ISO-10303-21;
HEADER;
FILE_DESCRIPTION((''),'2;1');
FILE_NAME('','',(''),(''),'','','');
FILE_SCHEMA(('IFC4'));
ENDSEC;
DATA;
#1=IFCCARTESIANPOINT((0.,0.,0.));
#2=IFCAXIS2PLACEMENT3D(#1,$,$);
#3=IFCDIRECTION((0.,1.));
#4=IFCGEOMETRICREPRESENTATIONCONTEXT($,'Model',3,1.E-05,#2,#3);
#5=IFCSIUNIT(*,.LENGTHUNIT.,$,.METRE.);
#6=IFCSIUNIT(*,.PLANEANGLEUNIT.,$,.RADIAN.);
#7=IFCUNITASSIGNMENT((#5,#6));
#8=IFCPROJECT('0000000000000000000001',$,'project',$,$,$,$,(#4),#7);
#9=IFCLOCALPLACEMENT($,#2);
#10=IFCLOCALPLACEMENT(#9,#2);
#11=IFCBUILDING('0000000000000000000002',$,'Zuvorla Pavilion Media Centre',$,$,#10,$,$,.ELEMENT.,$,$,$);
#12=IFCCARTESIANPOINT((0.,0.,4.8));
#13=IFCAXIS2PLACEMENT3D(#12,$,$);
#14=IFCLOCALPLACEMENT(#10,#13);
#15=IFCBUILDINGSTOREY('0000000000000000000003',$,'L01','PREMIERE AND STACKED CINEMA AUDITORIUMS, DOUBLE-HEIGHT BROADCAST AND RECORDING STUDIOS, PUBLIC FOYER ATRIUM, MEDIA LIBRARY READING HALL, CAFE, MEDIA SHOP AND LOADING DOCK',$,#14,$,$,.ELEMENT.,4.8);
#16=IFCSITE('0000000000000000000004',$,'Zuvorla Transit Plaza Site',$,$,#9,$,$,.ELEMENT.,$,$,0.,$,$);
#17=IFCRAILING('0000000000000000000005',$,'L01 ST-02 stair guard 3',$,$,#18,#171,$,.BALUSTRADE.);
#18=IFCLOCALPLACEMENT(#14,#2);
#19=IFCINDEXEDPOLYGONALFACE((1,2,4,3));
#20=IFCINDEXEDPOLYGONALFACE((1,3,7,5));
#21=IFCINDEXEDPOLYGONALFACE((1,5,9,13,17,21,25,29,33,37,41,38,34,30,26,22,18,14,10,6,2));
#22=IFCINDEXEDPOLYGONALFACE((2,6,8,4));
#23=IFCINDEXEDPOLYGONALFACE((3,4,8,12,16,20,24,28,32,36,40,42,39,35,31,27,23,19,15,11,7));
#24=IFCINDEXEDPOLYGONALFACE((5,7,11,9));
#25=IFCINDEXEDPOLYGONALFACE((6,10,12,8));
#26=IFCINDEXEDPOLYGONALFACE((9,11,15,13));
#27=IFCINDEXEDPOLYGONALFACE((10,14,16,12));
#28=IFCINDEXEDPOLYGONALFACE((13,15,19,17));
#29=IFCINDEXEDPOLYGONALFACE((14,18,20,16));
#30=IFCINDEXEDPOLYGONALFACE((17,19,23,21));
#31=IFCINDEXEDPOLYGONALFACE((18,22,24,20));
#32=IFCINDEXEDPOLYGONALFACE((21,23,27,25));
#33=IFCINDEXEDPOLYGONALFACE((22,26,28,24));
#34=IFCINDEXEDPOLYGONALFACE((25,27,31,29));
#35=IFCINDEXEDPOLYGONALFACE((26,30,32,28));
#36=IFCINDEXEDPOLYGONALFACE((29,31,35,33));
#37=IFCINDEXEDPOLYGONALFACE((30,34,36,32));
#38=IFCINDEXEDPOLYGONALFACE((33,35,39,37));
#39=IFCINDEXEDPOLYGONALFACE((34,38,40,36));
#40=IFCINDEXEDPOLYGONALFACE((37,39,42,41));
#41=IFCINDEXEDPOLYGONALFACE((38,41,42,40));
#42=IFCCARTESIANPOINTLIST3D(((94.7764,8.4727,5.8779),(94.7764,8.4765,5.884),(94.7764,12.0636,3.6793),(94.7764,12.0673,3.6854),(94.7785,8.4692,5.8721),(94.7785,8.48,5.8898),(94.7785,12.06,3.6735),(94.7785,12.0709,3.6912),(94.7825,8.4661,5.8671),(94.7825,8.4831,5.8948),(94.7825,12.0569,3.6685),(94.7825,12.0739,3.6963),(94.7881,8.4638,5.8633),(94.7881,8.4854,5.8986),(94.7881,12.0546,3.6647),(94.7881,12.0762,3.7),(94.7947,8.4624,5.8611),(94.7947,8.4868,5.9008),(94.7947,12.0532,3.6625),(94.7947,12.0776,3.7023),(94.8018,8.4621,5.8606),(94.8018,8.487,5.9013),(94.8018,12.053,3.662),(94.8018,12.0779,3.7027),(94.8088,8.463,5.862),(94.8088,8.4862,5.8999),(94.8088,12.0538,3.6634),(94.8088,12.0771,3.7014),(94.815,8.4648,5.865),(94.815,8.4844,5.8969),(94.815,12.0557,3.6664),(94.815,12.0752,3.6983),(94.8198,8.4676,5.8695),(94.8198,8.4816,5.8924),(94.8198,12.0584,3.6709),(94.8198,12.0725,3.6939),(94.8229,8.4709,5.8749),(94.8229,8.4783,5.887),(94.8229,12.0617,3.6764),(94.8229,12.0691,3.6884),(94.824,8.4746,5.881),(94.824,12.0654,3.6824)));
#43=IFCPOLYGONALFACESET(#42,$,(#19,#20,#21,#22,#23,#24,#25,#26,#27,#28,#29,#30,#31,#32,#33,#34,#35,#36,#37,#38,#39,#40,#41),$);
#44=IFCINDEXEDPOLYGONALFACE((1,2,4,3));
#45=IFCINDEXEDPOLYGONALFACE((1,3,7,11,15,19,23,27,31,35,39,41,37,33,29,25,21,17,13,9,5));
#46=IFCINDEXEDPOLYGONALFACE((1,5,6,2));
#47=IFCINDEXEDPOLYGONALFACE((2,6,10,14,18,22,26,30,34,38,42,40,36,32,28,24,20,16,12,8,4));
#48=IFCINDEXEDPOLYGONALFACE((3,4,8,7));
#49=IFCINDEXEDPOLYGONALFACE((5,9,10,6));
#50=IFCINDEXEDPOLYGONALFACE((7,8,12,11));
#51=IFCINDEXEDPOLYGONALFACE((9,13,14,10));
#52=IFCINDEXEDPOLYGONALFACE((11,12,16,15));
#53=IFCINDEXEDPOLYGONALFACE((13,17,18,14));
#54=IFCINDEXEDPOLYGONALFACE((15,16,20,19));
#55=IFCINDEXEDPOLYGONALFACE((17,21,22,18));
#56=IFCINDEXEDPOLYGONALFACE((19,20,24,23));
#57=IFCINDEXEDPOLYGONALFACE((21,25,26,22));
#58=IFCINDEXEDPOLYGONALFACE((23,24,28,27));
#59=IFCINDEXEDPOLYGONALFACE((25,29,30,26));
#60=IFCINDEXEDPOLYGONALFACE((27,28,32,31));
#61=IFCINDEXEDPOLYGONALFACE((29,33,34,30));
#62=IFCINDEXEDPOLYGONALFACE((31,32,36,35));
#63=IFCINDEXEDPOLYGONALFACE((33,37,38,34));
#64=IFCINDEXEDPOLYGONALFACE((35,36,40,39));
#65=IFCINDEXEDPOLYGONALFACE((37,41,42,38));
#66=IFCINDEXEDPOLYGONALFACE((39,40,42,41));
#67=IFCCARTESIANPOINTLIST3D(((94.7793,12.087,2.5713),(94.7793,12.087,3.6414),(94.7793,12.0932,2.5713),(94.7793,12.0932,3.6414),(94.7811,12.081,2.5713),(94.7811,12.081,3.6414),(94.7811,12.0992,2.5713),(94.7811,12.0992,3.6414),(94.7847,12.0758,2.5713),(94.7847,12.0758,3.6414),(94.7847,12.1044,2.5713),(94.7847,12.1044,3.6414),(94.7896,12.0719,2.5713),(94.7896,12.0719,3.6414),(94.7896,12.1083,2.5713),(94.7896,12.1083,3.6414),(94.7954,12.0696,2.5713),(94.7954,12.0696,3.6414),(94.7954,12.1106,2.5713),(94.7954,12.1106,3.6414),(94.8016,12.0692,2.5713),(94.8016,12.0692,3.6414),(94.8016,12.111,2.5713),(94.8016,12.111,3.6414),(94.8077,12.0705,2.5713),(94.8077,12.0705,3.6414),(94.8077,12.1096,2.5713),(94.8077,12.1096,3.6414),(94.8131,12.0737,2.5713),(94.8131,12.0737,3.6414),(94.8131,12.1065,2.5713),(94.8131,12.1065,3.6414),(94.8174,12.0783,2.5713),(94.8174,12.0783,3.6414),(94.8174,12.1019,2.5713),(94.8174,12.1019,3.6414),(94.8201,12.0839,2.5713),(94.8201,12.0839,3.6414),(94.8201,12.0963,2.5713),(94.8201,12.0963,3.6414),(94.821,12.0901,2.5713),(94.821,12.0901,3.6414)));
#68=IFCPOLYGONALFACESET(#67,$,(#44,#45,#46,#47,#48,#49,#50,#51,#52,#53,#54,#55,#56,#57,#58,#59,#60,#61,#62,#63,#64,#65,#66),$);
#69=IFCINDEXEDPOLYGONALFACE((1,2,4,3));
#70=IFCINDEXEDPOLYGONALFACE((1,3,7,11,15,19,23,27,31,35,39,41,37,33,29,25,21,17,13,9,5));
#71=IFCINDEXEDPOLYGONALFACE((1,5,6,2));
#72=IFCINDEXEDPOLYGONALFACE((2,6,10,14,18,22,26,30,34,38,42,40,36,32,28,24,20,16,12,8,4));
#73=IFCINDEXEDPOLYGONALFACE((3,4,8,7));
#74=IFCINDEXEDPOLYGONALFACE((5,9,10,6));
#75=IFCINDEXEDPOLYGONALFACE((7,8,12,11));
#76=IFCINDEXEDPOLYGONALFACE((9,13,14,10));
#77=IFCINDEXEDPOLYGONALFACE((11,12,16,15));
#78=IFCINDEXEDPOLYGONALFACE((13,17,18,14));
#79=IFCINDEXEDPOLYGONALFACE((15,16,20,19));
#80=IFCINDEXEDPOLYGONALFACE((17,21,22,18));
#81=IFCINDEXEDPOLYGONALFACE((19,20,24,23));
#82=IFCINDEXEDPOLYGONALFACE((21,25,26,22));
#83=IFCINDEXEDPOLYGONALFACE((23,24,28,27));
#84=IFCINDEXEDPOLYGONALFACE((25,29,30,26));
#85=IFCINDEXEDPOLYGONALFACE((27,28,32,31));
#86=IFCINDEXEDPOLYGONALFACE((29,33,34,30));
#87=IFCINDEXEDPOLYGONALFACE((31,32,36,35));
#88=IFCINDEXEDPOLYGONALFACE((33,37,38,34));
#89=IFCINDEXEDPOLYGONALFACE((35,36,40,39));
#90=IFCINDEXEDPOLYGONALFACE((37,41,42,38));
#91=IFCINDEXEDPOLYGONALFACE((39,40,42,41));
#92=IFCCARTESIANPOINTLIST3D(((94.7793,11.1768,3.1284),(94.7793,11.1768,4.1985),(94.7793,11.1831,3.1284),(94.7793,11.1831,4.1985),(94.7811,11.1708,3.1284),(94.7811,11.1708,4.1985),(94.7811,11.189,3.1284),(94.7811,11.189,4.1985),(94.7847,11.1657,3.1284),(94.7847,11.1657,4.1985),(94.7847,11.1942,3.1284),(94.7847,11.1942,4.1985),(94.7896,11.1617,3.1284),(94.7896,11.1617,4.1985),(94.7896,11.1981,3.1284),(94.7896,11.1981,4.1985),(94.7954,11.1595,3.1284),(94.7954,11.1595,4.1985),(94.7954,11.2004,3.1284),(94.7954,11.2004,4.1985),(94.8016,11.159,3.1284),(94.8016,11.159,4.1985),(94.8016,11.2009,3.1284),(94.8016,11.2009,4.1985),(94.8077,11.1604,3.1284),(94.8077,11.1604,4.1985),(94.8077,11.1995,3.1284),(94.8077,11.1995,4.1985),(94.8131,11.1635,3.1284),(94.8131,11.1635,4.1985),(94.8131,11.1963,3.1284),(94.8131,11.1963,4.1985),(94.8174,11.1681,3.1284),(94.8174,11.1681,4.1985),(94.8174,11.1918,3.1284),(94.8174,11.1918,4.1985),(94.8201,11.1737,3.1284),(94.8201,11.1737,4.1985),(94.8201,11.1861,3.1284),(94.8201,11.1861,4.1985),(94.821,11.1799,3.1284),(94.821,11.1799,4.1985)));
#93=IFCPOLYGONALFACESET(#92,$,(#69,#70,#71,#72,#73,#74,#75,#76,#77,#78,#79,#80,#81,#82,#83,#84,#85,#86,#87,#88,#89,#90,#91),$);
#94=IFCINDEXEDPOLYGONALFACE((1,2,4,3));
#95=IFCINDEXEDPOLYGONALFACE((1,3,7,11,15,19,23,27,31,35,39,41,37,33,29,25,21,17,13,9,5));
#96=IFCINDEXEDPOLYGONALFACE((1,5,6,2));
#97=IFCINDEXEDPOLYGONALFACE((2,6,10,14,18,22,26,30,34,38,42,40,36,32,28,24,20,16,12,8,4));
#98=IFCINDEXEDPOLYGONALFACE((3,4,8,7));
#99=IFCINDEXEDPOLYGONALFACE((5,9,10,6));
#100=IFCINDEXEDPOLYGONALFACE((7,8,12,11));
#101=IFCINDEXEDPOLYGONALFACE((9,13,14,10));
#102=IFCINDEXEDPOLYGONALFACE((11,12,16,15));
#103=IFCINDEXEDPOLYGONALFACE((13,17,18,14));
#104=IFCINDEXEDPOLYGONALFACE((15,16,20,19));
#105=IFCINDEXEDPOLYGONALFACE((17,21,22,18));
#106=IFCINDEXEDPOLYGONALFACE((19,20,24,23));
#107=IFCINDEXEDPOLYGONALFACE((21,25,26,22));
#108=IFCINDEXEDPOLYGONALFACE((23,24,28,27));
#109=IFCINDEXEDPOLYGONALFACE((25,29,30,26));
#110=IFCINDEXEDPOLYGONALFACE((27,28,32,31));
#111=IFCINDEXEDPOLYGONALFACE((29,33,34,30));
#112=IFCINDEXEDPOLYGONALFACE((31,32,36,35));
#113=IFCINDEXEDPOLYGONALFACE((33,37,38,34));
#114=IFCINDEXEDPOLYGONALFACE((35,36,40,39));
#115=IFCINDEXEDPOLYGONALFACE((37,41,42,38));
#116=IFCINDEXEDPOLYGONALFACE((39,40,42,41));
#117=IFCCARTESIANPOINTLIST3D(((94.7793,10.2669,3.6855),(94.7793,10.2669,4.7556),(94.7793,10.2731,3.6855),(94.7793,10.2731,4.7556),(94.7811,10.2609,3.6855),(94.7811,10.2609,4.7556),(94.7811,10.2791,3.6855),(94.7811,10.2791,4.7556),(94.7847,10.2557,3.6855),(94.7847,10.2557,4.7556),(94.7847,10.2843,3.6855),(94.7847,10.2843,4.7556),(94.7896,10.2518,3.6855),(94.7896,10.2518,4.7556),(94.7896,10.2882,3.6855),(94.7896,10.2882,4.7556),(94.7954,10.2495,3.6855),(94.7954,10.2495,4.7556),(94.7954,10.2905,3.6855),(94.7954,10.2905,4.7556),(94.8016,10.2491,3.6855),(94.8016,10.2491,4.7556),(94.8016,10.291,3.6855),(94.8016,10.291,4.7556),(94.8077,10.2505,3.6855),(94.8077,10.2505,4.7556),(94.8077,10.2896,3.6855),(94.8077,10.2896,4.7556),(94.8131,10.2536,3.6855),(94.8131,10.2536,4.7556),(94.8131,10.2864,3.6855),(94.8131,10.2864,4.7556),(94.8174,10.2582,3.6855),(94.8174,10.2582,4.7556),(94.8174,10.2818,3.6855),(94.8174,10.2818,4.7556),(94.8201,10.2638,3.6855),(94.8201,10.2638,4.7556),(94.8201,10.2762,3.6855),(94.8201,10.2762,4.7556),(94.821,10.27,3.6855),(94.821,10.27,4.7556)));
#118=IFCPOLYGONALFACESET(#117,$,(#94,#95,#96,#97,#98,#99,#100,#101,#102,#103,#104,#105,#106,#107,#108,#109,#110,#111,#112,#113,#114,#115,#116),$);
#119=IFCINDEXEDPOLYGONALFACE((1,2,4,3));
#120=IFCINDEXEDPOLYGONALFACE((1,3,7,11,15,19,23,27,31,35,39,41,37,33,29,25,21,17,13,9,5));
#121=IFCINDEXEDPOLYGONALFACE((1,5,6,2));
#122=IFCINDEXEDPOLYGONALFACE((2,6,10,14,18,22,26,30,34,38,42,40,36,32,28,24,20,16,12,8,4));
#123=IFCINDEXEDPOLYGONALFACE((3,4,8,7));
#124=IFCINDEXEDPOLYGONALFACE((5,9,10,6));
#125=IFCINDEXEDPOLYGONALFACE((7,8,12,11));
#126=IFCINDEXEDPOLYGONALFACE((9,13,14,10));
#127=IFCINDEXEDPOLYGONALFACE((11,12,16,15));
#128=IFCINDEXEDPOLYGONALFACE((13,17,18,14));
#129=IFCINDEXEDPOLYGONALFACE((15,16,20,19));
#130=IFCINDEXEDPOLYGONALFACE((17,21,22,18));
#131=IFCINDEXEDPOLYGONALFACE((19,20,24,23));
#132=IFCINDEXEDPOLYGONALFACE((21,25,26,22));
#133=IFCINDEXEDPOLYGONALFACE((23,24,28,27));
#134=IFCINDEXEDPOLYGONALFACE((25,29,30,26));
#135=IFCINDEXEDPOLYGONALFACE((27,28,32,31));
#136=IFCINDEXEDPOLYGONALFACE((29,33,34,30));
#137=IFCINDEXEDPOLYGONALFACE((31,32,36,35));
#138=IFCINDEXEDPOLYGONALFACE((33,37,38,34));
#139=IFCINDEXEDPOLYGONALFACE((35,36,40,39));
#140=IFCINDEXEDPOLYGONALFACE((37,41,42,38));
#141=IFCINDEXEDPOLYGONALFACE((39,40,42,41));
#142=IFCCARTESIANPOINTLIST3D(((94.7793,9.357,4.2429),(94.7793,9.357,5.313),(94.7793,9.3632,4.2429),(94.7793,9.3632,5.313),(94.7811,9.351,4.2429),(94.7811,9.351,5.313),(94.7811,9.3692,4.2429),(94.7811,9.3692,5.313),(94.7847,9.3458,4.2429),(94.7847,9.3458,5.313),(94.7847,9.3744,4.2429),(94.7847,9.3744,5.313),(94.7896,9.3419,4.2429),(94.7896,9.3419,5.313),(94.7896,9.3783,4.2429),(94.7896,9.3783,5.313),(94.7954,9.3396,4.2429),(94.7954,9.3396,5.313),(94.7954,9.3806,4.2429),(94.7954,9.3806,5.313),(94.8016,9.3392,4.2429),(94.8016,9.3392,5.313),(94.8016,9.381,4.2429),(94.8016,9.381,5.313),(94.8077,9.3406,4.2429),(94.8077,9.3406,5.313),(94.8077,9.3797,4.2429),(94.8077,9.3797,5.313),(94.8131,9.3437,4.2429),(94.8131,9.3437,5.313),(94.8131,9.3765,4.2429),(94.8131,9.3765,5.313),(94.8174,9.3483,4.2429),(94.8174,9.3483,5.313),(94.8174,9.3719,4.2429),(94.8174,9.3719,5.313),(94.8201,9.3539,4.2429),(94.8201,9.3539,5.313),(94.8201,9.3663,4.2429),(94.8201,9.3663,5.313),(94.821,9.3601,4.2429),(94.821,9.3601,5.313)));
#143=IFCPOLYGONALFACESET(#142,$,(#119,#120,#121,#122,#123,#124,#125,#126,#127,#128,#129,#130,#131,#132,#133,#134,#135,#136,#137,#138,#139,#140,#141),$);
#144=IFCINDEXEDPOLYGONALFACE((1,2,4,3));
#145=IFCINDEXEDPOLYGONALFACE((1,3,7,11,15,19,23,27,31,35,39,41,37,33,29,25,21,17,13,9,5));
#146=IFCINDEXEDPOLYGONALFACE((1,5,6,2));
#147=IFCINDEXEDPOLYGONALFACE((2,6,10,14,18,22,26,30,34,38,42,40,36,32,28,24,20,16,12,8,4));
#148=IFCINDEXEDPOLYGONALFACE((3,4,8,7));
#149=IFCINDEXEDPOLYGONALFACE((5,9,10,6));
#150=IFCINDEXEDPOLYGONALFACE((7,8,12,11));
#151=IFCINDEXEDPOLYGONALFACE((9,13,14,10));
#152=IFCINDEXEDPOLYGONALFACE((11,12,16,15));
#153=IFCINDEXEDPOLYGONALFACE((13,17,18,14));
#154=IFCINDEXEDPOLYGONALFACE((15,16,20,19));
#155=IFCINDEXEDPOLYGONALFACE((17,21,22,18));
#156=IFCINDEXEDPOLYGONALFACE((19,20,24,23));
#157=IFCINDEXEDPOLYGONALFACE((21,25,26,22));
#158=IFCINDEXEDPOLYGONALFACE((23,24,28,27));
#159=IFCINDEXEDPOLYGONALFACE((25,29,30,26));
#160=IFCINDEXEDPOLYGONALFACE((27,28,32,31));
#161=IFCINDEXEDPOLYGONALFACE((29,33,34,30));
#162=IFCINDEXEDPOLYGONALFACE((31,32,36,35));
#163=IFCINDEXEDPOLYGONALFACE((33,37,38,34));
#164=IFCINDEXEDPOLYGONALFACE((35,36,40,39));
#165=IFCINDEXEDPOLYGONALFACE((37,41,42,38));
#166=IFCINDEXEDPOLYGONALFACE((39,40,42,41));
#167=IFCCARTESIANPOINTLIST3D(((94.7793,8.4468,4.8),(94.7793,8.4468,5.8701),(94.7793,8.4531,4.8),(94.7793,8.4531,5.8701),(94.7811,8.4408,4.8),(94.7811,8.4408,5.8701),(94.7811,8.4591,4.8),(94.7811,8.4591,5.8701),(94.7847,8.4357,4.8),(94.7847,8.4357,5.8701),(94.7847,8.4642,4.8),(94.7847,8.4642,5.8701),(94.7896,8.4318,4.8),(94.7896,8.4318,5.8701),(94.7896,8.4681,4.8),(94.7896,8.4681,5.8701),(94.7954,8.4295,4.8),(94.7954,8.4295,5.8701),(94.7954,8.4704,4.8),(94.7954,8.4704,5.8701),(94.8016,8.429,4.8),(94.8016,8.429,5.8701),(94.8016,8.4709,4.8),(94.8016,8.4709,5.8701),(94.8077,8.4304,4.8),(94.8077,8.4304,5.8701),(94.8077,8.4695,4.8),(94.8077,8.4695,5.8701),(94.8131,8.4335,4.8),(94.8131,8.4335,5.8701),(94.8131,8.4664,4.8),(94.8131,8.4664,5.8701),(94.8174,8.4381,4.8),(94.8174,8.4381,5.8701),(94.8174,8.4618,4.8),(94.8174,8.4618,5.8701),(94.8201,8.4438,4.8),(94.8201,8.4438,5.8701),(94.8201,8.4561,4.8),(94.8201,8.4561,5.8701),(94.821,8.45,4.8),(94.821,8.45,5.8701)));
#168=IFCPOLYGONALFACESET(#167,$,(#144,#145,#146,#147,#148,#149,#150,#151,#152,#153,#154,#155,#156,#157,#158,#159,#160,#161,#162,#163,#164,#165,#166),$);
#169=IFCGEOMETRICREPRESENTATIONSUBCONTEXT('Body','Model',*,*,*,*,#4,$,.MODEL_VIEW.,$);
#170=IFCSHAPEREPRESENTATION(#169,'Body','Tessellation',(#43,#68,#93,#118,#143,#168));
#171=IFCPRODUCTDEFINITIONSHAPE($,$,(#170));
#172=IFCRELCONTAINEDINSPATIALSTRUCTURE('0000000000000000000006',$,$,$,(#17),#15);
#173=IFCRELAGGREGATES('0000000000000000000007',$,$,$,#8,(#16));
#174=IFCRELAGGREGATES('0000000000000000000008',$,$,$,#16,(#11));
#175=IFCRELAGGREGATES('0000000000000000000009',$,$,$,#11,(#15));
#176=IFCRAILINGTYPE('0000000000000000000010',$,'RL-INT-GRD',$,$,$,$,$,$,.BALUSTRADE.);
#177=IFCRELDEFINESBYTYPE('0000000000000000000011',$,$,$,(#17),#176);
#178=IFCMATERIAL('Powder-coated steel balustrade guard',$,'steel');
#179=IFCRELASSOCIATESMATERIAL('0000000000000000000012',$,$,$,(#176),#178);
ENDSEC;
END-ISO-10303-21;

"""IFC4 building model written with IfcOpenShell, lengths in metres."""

from ifc_helpers import new_model, si_unit, direction, frame, origin, origin_2d, place, context, subcontext, project, spatial, circle, extrude, material, type_object, element, save


model = new_model("IFC4")

# Units and contexts
model_context = context("Model", 3, precision=1e-05, world=origin(), true_north=direction((0.0, 1.0)))
body_context = subcontext(model_context, "Body", "Model", "MODEL_VIEW")
ifc_project = project(units=[si_unit("LENGTHUNIT", "METRE"), si_unit("PLANEANGLEUNIT", "RADIAN")], contexts=[model_context])

# Site, building, storey
site_placement = place(None, origin())
site = spatial("IfcSite", under=ifc_project, at=site_placement, Name="Zuvorla Transit Plaza Site", CompositionType="ELEMENT", RefElevation=0.0)
building_placement = place(site_placement, origin())
building = spatial("IfcBuilding", under=site, at=building_placement, Name="Zuvorla Pavilion Media Centre", CompositionType="ELEMENT")
storey_placement = place(building_placement, frame((0.0, 0.0, 4.8)))
storey = spatial("IfcBuildingStorey", under=building, at=storey_placement, Name="L01", Description="PREMIERE AND STACKED CINEMA AUDITORIUMS, DOUBLE-HEIGHT BROADCAST AND RECORDING STUDIOS, PUBLIC FOYER ATRIUM, MEDIA LIBRARY READING HALL, CAFE, MEDIA SHOP AND LOADING DOCK", CompositionType="ELEMENT", Elevation=4.8)

# Railing
ifc_material_1 = material(Name="Powder-coated steel balustrade guard", Category="steel")
railing_type_1 = type_object("IfcRailingType", Name="RL-INT-GRD", PredefinedType="BALUSTRADE", material=ifc_material_1)
railing_1_placement = place(storey_placement, frame((94.8, 12.0901, 2.5713)))
element("IfcRailing", 1, at=railing_1_placement, inside=storey, type_object=railing_type_1, Name="L01 ST-02 stair guard 3", PredefinedType="BALUSTRADE", context=body_context, shape_type="SweptSolid", body=[
    extrude(circle(Radius=0.0239, at=origin_2d()), frame((0.0, -0.0247, 1.1111), z_axis=(0.0, -0.85284, 0.522172), x_axis=(1.0, 0.0, 0.0)), (0.0, 0.0, 1.0), 4.2104),
    extrude(circle(Radius=0.021, at=origin_2d()), origin(), (0.0, 0.0, 1.0), 1.0701),
    extrude(circle(Radius=0.021, at=origin_2d()), frame((0.0, -0.9102, 0.5571)), (0.0, 0.0, 1.0), 1.0701),
    extrude(circle(Radius=0.021, at=origin_2d()), frame((0.0, -1.8201, 1.1143)), (0.0, 0.0, 1.0), 1.0701),
    extrude(circle(Radius=0.021, at=origin_2d()), frame((0.0, -2.73, 1.6716)), (0.0, 0.0, 1.0), 1.0701),
    extrude(circle(Radius=0.021, at=origin_2d()), frame((0.0, -3.6401, 2.2288)), (0.0, 0.0, 1.0), 1.0701),
])

save(model, "model.ifc")
